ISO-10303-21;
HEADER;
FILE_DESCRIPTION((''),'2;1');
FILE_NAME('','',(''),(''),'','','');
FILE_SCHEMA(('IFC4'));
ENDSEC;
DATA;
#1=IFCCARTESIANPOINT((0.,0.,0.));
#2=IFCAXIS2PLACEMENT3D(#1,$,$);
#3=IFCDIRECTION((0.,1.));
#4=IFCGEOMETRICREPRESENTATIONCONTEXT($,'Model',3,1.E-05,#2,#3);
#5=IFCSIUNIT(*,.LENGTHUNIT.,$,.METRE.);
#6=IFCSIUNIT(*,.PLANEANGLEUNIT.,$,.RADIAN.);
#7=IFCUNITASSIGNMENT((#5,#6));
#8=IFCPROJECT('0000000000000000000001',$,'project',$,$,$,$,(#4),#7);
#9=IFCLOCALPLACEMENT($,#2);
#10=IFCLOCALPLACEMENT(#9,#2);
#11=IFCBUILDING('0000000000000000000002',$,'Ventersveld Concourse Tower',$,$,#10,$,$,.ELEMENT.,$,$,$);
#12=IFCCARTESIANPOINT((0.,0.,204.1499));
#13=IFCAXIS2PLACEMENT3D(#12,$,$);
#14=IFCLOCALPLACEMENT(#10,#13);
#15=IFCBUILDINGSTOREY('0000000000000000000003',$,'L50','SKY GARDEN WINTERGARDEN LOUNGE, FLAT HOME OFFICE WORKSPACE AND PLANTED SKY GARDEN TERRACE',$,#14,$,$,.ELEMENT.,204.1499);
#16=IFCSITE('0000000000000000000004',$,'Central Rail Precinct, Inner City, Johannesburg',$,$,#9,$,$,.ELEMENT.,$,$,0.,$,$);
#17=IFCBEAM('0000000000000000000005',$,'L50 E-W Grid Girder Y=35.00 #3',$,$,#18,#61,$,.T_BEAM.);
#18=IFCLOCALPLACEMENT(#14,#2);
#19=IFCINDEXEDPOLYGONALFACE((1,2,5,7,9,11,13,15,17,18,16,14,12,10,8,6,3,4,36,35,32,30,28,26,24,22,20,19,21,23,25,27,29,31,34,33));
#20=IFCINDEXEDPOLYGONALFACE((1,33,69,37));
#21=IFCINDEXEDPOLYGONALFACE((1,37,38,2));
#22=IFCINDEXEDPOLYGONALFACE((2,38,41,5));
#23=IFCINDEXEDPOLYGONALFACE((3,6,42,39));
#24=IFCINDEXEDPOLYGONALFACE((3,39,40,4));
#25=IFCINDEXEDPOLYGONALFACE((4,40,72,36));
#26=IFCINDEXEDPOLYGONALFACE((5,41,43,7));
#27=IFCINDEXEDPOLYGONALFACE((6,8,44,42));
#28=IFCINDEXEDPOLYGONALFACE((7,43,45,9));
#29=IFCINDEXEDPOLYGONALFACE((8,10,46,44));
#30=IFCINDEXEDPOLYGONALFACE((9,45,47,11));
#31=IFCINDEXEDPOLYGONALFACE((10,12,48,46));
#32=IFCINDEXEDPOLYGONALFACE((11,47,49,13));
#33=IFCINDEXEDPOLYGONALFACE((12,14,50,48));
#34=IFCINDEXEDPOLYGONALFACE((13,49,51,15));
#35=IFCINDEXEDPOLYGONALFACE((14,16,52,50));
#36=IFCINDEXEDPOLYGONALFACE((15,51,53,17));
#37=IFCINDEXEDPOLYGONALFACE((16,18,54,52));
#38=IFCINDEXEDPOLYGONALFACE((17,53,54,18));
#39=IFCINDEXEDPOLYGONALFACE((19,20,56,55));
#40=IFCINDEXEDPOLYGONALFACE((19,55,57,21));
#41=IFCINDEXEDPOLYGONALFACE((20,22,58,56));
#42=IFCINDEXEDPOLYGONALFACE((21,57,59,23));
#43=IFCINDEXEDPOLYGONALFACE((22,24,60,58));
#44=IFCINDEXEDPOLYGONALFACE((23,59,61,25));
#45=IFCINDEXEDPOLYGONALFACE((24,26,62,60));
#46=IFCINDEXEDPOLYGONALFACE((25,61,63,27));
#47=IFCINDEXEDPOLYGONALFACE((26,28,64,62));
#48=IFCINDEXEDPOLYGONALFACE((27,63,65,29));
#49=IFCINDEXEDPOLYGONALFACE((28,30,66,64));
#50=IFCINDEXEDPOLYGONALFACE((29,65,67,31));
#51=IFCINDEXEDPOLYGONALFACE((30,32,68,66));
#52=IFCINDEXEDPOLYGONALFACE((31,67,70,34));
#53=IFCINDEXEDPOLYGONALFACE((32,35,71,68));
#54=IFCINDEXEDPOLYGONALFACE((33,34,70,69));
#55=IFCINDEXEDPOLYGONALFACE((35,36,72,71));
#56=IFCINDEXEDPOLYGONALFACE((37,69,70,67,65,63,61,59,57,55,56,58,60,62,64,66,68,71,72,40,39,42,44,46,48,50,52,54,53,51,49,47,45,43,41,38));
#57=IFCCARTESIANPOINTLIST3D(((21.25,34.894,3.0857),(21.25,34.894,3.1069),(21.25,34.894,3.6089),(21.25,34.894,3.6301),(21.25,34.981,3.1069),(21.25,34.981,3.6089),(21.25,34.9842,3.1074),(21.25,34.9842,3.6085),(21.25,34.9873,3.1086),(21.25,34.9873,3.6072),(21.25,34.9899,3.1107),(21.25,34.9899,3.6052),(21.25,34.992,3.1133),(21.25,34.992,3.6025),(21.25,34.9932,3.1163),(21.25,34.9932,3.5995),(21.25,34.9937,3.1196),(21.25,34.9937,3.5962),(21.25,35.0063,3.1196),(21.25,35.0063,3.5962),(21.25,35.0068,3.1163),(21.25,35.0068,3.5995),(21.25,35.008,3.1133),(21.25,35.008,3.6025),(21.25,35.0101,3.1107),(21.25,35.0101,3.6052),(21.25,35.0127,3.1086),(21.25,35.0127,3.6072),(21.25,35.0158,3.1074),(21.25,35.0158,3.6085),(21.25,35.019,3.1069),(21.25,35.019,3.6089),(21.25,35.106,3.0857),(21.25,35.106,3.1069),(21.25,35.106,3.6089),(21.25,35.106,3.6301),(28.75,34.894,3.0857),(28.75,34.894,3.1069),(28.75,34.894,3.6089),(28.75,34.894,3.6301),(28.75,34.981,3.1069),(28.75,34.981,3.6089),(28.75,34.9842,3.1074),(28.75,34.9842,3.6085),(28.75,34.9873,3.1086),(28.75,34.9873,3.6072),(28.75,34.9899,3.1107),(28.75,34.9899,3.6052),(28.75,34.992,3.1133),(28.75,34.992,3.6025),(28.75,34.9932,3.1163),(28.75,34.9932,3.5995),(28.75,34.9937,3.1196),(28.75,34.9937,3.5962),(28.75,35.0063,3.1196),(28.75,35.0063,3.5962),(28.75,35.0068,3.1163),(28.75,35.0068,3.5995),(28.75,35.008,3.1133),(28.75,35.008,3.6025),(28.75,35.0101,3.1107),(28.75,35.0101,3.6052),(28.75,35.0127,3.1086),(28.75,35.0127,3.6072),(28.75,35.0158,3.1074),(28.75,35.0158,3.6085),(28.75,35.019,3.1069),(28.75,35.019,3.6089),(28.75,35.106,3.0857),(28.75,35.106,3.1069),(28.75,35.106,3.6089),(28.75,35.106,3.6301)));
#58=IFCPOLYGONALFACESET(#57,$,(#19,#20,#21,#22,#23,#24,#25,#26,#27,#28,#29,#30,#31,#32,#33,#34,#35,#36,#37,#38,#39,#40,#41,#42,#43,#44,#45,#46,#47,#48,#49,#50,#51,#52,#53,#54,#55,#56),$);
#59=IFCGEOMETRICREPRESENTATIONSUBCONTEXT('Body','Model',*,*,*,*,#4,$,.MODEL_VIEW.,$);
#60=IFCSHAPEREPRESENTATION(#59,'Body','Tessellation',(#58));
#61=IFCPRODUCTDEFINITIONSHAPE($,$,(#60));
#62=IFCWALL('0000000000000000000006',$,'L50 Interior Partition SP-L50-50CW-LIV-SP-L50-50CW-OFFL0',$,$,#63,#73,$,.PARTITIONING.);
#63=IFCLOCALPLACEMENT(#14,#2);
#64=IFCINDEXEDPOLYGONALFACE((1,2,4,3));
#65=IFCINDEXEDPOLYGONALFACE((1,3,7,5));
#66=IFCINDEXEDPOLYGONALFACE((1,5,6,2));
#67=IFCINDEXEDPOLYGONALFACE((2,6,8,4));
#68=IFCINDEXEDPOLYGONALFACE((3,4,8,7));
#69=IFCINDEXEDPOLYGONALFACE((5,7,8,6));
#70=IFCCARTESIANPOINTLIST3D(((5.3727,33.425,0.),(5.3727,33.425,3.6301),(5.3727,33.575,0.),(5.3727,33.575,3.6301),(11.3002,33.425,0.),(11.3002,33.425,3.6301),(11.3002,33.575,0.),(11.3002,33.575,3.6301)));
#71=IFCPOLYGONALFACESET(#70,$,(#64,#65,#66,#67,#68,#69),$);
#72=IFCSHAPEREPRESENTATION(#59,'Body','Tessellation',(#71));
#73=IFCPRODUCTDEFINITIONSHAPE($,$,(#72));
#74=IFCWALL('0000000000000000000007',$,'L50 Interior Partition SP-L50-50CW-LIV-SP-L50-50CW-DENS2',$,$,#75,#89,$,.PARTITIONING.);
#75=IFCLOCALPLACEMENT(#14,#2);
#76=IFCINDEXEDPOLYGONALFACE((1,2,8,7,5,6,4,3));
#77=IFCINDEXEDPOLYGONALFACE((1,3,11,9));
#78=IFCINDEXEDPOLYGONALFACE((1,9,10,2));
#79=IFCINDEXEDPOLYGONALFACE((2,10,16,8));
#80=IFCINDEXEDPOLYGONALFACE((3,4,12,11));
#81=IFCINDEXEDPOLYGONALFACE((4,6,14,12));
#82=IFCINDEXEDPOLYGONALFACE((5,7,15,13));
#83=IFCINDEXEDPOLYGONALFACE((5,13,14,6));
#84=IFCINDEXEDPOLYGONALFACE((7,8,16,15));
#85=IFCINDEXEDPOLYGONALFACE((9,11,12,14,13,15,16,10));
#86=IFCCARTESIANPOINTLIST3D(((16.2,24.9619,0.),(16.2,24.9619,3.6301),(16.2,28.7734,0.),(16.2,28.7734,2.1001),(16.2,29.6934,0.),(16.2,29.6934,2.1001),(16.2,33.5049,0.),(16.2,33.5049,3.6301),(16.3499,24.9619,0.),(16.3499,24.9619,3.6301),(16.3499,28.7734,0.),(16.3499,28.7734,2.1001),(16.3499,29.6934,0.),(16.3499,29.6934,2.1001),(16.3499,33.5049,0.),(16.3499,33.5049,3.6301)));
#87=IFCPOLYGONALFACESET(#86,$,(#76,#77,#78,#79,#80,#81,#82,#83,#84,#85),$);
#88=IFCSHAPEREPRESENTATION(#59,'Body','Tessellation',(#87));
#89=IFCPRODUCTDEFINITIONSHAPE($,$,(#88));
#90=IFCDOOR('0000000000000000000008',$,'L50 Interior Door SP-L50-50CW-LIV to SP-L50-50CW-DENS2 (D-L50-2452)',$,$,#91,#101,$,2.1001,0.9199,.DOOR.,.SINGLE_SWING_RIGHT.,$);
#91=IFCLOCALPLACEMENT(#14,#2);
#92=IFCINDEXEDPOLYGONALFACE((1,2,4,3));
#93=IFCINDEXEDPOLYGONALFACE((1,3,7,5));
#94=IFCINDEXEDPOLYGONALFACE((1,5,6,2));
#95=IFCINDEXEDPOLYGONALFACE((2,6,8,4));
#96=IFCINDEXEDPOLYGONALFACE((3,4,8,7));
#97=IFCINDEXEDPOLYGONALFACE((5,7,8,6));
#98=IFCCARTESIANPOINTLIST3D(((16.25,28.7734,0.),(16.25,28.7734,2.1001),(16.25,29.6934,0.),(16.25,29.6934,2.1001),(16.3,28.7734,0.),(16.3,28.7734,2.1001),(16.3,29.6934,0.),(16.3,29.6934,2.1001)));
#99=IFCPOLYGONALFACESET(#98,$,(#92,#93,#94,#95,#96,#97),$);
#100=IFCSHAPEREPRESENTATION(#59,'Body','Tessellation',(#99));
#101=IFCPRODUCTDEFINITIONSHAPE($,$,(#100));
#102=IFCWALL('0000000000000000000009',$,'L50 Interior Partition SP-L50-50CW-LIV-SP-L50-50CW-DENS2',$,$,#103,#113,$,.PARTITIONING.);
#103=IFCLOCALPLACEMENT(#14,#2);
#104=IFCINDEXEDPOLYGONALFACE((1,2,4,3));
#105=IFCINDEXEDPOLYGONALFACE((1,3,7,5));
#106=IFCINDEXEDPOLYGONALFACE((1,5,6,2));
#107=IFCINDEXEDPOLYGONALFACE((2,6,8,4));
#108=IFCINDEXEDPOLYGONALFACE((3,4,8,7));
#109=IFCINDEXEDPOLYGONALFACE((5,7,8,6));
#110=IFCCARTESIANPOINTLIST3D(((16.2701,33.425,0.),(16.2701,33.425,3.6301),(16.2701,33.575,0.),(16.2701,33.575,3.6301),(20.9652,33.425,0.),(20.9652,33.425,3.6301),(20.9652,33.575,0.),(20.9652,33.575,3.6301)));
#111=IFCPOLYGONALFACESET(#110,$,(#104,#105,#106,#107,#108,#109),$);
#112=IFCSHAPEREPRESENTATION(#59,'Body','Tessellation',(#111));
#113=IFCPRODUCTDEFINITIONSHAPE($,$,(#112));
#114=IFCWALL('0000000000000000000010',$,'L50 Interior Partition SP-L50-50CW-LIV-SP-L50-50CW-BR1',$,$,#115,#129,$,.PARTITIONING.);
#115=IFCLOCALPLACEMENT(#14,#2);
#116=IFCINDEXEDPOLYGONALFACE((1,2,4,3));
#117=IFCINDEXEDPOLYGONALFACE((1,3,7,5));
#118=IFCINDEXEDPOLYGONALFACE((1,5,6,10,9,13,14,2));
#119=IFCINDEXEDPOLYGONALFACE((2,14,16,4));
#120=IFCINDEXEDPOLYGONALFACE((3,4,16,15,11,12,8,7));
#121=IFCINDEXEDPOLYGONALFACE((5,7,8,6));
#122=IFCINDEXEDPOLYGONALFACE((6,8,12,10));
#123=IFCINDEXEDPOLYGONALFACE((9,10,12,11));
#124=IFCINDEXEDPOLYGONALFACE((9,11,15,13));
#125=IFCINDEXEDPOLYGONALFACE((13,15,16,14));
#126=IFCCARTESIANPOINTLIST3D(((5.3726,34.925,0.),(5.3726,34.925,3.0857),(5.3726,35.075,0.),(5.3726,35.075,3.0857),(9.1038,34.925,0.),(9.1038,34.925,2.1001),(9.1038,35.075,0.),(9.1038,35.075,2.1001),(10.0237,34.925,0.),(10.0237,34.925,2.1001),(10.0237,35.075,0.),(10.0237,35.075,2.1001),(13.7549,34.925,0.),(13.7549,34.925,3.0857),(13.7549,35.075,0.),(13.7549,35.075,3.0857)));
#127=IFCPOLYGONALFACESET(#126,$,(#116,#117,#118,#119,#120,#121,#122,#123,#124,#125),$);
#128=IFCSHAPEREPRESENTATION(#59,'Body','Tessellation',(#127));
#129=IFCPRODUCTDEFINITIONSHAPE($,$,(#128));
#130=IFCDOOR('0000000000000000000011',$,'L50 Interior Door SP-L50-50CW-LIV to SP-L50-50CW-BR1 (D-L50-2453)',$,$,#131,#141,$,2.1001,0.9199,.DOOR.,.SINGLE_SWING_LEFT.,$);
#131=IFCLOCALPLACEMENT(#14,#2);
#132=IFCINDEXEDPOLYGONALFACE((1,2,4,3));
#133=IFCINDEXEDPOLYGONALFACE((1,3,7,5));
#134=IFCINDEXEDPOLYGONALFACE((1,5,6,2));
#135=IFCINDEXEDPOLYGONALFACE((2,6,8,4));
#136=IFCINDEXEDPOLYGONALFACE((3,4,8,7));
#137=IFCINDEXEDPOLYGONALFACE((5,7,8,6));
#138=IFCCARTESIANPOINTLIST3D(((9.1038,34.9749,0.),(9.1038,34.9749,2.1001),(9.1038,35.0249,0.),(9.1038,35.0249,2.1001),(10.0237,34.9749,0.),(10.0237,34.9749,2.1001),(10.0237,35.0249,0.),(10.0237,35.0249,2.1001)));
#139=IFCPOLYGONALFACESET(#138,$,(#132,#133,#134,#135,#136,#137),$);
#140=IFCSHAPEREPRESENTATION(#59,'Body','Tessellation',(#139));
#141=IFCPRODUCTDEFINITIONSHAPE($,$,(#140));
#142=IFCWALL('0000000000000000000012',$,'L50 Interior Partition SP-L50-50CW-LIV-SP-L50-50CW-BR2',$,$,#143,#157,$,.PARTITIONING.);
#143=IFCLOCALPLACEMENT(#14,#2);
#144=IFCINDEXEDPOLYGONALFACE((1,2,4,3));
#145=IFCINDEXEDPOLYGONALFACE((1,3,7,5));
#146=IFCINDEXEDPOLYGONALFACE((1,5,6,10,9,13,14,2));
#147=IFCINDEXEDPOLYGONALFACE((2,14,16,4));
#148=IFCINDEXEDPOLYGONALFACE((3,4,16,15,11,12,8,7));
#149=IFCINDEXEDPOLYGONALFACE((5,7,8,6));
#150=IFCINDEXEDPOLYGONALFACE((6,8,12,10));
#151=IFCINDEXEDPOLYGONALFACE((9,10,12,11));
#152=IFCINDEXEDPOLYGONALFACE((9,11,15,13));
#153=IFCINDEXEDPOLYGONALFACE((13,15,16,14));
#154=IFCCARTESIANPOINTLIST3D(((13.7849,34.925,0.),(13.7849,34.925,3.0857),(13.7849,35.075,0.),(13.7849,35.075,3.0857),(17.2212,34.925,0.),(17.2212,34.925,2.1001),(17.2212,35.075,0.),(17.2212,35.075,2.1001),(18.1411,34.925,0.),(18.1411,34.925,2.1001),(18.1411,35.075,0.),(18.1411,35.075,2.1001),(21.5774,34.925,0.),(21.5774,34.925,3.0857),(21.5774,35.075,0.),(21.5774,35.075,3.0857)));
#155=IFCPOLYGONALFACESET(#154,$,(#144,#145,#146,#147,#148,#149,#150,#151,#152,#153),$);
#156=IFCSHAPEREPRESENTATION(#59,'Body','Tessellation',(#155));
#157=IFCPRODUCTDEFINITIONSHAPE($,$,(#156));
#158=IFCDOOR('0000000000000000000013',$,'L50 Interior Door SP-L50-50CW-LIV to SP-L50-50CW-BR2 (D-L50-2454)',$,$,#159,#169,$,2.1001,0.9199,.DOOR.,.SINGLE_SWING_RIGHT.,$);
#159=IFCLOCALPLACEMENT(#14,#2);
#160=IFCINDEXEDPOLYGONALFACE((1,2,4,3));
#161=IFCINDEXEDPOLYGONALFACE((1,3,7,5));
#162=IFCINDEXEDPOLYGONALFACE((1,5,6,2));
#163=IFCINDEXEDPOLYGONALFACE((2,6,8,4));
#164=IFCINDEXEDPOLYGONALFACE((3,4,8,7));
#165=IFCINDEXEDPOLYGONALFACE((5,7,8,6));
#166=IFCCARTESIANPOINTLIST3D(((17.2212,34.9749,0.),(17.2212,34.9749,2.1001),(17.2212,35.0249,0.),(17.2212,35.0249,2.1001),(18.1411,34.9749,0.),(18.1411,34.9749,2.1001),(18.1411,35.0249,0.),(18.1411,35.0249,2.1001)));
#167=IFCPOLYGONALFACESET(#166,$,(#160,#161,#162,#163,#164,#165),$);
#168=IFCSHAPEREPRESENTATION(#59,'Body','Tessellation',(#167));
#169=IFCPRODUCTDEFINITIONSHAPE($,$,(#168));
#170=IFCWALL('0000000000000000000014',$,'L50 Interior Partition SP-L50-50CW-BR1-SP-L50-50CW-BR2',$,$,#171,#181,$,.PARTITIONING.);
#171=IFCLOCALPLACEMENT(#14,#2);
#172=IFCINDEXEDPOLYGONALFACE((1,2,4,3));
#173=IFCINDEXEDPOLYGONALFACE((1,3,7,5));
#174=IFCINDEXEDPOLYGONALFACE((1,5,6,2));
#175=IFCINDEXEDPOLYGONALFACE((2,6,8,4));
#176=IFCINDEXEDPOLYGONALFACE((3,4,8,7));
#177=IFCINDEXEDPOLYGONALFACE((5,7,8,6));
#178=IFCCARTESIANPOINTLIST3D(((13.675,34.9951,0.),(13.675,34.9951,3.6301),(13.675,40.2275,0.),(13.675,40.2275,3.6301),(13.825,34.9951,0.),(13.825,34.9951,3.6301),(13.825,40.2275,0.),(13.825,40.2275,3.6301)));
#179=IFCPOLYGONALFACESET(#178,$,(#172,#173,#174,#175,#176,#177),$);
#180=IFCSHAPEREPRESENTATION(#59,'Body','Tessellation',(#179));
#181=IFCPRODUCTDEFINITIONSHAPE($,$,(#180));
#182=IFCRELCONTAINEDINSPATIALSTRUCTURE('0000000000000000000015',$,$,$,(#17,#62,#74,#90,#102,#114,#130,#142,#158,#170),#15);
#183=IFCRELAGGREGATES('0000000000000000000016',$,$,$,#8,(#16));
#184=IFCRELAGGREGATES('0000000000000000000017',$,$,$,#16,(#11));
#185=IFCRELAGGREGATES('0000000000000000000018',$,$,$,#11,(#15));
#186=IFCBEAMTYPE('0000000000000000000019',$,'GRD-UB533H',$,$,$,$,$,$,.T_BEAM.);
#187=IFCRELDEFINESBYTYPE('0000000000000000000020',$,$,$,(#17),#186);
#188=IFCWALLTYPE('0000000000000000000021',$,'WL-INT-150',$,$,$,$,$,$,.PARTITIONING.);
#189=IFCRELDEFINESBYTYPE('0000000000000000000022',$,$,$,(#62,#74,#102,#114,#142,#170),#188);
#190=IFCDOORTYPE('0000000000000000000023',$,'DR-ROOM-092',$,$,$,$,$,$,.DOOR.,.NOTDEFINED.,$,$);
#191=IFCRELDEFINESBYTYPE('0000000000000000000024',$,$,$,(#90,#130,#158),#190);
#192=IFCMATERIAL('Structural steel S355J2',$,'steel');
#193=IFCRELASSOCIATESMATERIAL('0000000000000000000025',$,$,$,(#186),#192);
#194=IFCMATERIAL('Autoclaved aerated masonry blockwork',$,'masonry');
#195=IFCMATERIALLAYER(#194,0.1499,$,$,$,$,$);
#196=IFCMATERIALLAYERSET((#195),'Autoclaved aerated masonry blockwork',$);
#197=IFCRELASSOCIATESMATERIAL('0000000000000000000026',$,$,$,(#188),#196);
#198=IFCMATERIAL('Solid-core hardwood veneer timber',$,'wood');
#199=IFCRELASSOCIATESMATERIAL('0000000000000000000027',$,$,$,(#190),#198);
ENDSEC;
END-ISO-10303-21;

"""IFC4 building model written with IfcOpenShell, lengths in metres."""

from ifc_helpers import new_model, si_unit, direction, frame, frame_2d, origin, origin_2d, place, context, subcontext, project, spatial, rectangle, i_section, extrude, material, layer, layer_set, material_profile, profile_set, type_object, element, fill, save


model = new_model("IFC4")

# Units and contexts
model_context = context("Model", 3, precision=1e-05, world=origin(), true_north=direction((0.0, 1.0)))
body_context = subcontext(model_context, "Body", "Model", "MODEL_VIEW")
ifc_project = project(units=[si_unit("LENGTHUNIT", "METRE"), si_unit("PLANEANGLEUNIT", "RADIAN")], contexts=[model_context])

# Site, building, storey
site_placement = place(None, origin())
site = spatial("IfcSite", under=ifc_project, at=site_placement, Name="Central Rail Precinct, Inner City, Johannesburg", CompositionType="ELEMENT", RefElevation=0.0)
building_placement = place(site_placement, origin())
building = spatial("IfcBuilding", under=site, at=building_placement, Name="Ventersveld Concourse Tower", CompositionType="ELEMENT")
storey_placement = place(building_placement, frame((0.0, 0.0, 204.1499)))
storey = spatial("IfcBuildingStorey", under=building, at=storey_placement, Name="L50", Description="SKY GARDEN WINTERGARDEN LOUNGE, FLAT HOME OFFICE WORKSPACE AND PLANTED SKY GARDEN TERRACE", CompositionType="ELEMENT", Elevation=204.1499)

# Beam
ifc_material_1 = material(Name="Structural steel S355J2", Category="steel")
ifc_material_profile_1 = material_profile(ifc_material_1, i_section(OverallWidth=0.2119, OverallDepth=0.5444, WebThickness=0.0127, FlangeThickness=0.0212, FilletRadius=0.0127, at=origin_2d()), Name="UB 533x210x122")
ifc_profile_set_1 = profile_set([ifc_material_profile_1], Name="Structural steel S355J2")
beam_type = type_object("IfcBeamType", Name="GRD-UB533H", PredefinedType="T_BEAM", material=ifc_profile_set_1)
for number, where, z_axis, x_axis, name in (
    (1, (21.25, 35.0, 3.3579), (1.0, 0.0, 0.0), (0.0, 1.0, 0.0), "L50 E-W Grid Girder Y=35.00 #3"),
):
    element("IfcBeam", number, at=place(storey_placement, frame(where, z_axis=z_axis, x_axis=x_axis)), inside=storey, type_object=beam_type, Name=name, PredefinedType="T_BEAM", context=body_context, shape_type="SweptSolid", body=[
        extrude(i_section(OverallWidth=0.2119, OverallDepth=0.5444, WebThickness=0.0127, FlangeThickness=0.0212, FilletRadius=0.0127, at=origin_2d()), origin(), (0.0, 0.0, 1.0), 7.5),
    ])

# Wall
ifc_material_2 = material(Name="Autoclaved aerated masonry blockwork", Category="masonry")
ifc_layer_1 = layer(ifc_material_2, 0.1499)
ifc_layer_set_1 = layer_set([ifc_layer_1], Name="Autoclaved aerated masonry blockwork")
wall_type_1 = type_object("IfcWallType", Name="WL-INT-150", PredefinedType="PARTITIONING", material=ifc_layer_set_1)
wall_1_placement = place(storey_placement, frame((5.3726, 33.5, 0.0), z_axis=(0.0, 0.0, 1.0), x_axis=(1.0, 0.0, 0.0)))
element("IfcWall", 2, at=wall_1_placement, inside=storey, type_object=wall_type_1, Name="L50 Interior Partition SP-L50-50CW-LIV-SP-L50-50CW-OFFL0", PredefinedType="PARTITIONING", context=body_context, shape_type="SweptSolid", body=[
    extrude(rectangle(XDim=5.9275, YDim=0.1499, at=frame_2d((2.9639, 0.0))), origin(), (0.0, 0.0, 1.0), 3.6301),
])

# Wall, opening, door
wall_2_placement = place(storey_placement, frame((16.2749, 24.9619, 0.0), z_axis=(0.0, 0.0, 1.0), x_axis=(0.0, 1.0, 0.0)))
wall_2 = element("IfcWall", 3, at=wall_2_placement, inside=storey, type_object=wall_type_1, Name="L50 Interior Partition SP-L50-50CW-LIV-SP-L50-50CW-DENS2", PredefinedType="PARTITIONING", context=body_context, shape_type="SweptSolid", body=[
    extrude(rectangle(XDim=8.543, YDim=0.1499, at=frame_2d((4.2715, 0.0))), origin(), (0.0, 0.0, 1.0), 3.6301),
])
opening_1_placement = place(wall_2_placement, frame((3.8115, 0.0, 0.0)))
opening_1 = element("IfcOpeningElement", 4, at=opening_1_placement, cuts=wall_2, PredefinedType="OPENING", context=body_context, shape_type="SweptSolid", body=[
    extrude(rectangle(XDim=0.9199, YDim=2.1001, at=frame_2d((0.46, 1.05))), frame((0.0, 0.085, 0.0), z_axis=(0.0, -1.0, 0.0), x_axis=(1.0, 0.0, 0.0)), (0.0, 0.0, 1.0), 0.1699),
])
ifc_material_3 = material(Name="Solid-core hardwood veneer timber", Category="wood")
door_type = type_object("IfcDoorType", Name="DR-ROOM-092", OperationType="NOTDEFINED", PredefinedType="DOOR", material=ifc_material_3)
door_1_placement = place(opening_1_placement, origin())
door_1 = element("IfcDoor", 5, at=door_1_placement, inside=storey, type_object=door_type, Name="L50 Interior Door SP-L50-50CW-LIV to SP-L50-50CW-DENS2 (D-L50-2452)", OperationType="SINGLE_SWING_RIGHT", OverallHeight=2.1001, OverallWidth=0.9199, PredefinedType="DOOR", context=body_context, shape_type="SweptSolid", body=[
    extrude(rectangle(XDim=0.9199, YDim=2.1001, at=frame_2d((0.46, 1.05))), frame((0.0, 0.0249, 0.0), z_axis=(0.0, -1.0, 0.0), x_axis=(1.0, 0.0, 0.0)), (0.0, 0.0, 1.0), 0.05),
])
fill(opening_1, door_1)

# Wall
wall_3_placement = place(storey_placement, frame((16.27, 33.5, 0.0), z_axis=(0.0, 0.0, 1.0), x_axis=(1.0, 0.0, 0.0)))
element("IfcWall", 6, at=wall_3_placement, inside=storey, type_object=wall_type_1, Name="L50 Interior Partition SP-L50-50CW-LIV-SP-L50-50CW-DENS2", PredefinedType="PARTITIONING", context=body_context, shape_type="SweptSolid", body=[
    extrude(rectangle(XDim=4.6951, YDim=0.1499, at=frame_2d((2.3477, 0.0))), origin(), (0.0, 0.0, 1.0), 3.6301),
])

# Walls, openings, doors
wall_4_placement = place(storey_placement, frame((5.3726, 35.0, 0.0), z_axis=(0.0, 0.0, 1.0), x_axis=(1.0, 0.0, 0.0)))
wall_4 = element("IfcWall", 7, at=wall_4_placement, inside=storey, type_object=wall_type_1, Name="L50 Interior Partition SP-L50-50CW-LIV-SP-L50-50CW-BR1", PredefinedType="PARTITIONING", context=body_context, shape_type="SweptSolid", body=[
    extrude(rectangle(XDim=8.3823, YDim=0.1499, at=frame_2d((4.1912, 0.0))), origin(), (0.0, 0.0, 1.0), 3.0857),
])
opening_2_placement = place(wall_4_placement, frame((3.7312, 0.0, 0.0)))
opening_2 = element("IfcOpeningElement", 8, at=opening_2_placement, cuts=wall_4, PredefinedType="OPENING", context=body_context, shape_type="SweptSolid", body=[
    extrude(rectangle(XDim=0.9199, YDim=2.1001, at=frame_2d((0.46, 1.05))), frame((0.0, 0.085, 0.0), z_axis=(0.0, -1.0, 0.0), x_axis=(1.0, 0.0, 0.0)), (0.0, 0.0, 1.0), 0.1699),
])
door_2_placement = place(opening_2_placement, origin())
door_2 = element("IfcDoor", 9, at=door_2_placement, inside=storey, type_object=door_type, Name="L50 Interior Door SP-L50-50CW-LIV to SP-L50-50CW-BR1 (D-L50-2453)", OperationType="SINGLE_SWING_LEFT", OverallHeight=2.1001, OverallWidth=0.9199, PredefinedType="DOOR", context=body_context, shape_type="SweptSolid", body=[
    extrude(rectangle(XDim=0.9199, YDim=2.1001, at=frame_2d((0.46, 1.05))), frame((0.0, 0.0249, 0.0), z_axis=(0.0, -1.0, 0.0), x_axis=(1.0, 0.0, 0.0)), (0.0, 0.0, 1.0), 0.05),
])
fill(opening_2, door_2)
wall_5_placement = place(storey_placement, frame((13.7849, 35.0, 0.0), z_axis=(0.0, 0.0, 1.0), x_axis=(1.0, 0.0, 0.0)))
wall_5 = element("IfcWall", 10, at=wall_5_placement, inside=storey, type_object=wall_type_1, Name="L50 Interior Partition SP-L50-50CW-LIV-SP-L50-50CW-BR2", PredefinedType="PARTITIONING", context=body_context, shape_type="SweptSolid", body=[
    extrude(rectangle(XDim=7.7925, YDim=0.1499, at=frame_2d((3.8962, 0.0))), origin(), (0.0, 0.0, 1.0), 3.0857),
])
opening_3_placement = place(wall_5_placement, frame((3.4363, 0.0, 0.0)))
opening_3 = element("IfcOpeningElement", 11, at=opening_3_placement, cuts=wall_5, PredefinedType="OPENING", context=body_context, shape_type="SweptSolid", body=[
    extrude(rectangle(XDim=0.9199, YDim=2.1001, at=frame_2d((0.46, 1.05))), frame((0.0, 0.085, 0.0), z_axis=(0.0, -1.0, 0.0), x_axis=(1.0, 0.0, 0.0)), (0.0, 0.0, 1.0), 0.1699),
])
door_3_placement = place(opening_3_placement, origin())
door_3 = element("IfcDoor", 12, at=door_3_placement, inside=storey, type_object=door_type, Name="L50 Interior Door SP-L50-50CW-LIV to SP-L50-50CW-BR2 (D-L50-2454)", OperationType="SINGLE_SWING_RIGHT", OverallHeight=2.1001, OverallWidth=0.9199, PredefinedType="DOOR", context=body_context, shape_type="SweptSolid", body=[
    extrude(rectangle(XDim=0.9199, YDim=2.1001, at=frame_2d((0.46, 1.05))), frame((0.0, 0.0249, 0.0), z_axis=(0.0, -1.0, 0.0), x_axis=(1.0, 0.0, 0.0)), (0.0, 0.0, 1.0), 0.05),
])
fill(opening_3, door_3)

# Wall
wall_6_placement = place(storey_placement, frame((13.75, 34.9951, 0.0), z_axis=(0.0, 0.0, 1.0), x_axis=(0.0, 1.0, 0.0)))
element("IfcWall", 13, at=wall_6_placement, inside=storey, type_object=wall_type_1, Name="L50 Interior Partition SP-L50-50CW-BR1-SP-L50-50CW-BR2", PredefinedType="PARTITIONING", context=body_context, shape_type="SweptSolid", body=[
    extrude(rectangle(XDim=5.2324, YDim=0.1499, at=frame_2d((2.6162, 0.0))), origin(), (0.0, 0.0, 1.0), 3.6301),
])

save(model, "model.ifc")
